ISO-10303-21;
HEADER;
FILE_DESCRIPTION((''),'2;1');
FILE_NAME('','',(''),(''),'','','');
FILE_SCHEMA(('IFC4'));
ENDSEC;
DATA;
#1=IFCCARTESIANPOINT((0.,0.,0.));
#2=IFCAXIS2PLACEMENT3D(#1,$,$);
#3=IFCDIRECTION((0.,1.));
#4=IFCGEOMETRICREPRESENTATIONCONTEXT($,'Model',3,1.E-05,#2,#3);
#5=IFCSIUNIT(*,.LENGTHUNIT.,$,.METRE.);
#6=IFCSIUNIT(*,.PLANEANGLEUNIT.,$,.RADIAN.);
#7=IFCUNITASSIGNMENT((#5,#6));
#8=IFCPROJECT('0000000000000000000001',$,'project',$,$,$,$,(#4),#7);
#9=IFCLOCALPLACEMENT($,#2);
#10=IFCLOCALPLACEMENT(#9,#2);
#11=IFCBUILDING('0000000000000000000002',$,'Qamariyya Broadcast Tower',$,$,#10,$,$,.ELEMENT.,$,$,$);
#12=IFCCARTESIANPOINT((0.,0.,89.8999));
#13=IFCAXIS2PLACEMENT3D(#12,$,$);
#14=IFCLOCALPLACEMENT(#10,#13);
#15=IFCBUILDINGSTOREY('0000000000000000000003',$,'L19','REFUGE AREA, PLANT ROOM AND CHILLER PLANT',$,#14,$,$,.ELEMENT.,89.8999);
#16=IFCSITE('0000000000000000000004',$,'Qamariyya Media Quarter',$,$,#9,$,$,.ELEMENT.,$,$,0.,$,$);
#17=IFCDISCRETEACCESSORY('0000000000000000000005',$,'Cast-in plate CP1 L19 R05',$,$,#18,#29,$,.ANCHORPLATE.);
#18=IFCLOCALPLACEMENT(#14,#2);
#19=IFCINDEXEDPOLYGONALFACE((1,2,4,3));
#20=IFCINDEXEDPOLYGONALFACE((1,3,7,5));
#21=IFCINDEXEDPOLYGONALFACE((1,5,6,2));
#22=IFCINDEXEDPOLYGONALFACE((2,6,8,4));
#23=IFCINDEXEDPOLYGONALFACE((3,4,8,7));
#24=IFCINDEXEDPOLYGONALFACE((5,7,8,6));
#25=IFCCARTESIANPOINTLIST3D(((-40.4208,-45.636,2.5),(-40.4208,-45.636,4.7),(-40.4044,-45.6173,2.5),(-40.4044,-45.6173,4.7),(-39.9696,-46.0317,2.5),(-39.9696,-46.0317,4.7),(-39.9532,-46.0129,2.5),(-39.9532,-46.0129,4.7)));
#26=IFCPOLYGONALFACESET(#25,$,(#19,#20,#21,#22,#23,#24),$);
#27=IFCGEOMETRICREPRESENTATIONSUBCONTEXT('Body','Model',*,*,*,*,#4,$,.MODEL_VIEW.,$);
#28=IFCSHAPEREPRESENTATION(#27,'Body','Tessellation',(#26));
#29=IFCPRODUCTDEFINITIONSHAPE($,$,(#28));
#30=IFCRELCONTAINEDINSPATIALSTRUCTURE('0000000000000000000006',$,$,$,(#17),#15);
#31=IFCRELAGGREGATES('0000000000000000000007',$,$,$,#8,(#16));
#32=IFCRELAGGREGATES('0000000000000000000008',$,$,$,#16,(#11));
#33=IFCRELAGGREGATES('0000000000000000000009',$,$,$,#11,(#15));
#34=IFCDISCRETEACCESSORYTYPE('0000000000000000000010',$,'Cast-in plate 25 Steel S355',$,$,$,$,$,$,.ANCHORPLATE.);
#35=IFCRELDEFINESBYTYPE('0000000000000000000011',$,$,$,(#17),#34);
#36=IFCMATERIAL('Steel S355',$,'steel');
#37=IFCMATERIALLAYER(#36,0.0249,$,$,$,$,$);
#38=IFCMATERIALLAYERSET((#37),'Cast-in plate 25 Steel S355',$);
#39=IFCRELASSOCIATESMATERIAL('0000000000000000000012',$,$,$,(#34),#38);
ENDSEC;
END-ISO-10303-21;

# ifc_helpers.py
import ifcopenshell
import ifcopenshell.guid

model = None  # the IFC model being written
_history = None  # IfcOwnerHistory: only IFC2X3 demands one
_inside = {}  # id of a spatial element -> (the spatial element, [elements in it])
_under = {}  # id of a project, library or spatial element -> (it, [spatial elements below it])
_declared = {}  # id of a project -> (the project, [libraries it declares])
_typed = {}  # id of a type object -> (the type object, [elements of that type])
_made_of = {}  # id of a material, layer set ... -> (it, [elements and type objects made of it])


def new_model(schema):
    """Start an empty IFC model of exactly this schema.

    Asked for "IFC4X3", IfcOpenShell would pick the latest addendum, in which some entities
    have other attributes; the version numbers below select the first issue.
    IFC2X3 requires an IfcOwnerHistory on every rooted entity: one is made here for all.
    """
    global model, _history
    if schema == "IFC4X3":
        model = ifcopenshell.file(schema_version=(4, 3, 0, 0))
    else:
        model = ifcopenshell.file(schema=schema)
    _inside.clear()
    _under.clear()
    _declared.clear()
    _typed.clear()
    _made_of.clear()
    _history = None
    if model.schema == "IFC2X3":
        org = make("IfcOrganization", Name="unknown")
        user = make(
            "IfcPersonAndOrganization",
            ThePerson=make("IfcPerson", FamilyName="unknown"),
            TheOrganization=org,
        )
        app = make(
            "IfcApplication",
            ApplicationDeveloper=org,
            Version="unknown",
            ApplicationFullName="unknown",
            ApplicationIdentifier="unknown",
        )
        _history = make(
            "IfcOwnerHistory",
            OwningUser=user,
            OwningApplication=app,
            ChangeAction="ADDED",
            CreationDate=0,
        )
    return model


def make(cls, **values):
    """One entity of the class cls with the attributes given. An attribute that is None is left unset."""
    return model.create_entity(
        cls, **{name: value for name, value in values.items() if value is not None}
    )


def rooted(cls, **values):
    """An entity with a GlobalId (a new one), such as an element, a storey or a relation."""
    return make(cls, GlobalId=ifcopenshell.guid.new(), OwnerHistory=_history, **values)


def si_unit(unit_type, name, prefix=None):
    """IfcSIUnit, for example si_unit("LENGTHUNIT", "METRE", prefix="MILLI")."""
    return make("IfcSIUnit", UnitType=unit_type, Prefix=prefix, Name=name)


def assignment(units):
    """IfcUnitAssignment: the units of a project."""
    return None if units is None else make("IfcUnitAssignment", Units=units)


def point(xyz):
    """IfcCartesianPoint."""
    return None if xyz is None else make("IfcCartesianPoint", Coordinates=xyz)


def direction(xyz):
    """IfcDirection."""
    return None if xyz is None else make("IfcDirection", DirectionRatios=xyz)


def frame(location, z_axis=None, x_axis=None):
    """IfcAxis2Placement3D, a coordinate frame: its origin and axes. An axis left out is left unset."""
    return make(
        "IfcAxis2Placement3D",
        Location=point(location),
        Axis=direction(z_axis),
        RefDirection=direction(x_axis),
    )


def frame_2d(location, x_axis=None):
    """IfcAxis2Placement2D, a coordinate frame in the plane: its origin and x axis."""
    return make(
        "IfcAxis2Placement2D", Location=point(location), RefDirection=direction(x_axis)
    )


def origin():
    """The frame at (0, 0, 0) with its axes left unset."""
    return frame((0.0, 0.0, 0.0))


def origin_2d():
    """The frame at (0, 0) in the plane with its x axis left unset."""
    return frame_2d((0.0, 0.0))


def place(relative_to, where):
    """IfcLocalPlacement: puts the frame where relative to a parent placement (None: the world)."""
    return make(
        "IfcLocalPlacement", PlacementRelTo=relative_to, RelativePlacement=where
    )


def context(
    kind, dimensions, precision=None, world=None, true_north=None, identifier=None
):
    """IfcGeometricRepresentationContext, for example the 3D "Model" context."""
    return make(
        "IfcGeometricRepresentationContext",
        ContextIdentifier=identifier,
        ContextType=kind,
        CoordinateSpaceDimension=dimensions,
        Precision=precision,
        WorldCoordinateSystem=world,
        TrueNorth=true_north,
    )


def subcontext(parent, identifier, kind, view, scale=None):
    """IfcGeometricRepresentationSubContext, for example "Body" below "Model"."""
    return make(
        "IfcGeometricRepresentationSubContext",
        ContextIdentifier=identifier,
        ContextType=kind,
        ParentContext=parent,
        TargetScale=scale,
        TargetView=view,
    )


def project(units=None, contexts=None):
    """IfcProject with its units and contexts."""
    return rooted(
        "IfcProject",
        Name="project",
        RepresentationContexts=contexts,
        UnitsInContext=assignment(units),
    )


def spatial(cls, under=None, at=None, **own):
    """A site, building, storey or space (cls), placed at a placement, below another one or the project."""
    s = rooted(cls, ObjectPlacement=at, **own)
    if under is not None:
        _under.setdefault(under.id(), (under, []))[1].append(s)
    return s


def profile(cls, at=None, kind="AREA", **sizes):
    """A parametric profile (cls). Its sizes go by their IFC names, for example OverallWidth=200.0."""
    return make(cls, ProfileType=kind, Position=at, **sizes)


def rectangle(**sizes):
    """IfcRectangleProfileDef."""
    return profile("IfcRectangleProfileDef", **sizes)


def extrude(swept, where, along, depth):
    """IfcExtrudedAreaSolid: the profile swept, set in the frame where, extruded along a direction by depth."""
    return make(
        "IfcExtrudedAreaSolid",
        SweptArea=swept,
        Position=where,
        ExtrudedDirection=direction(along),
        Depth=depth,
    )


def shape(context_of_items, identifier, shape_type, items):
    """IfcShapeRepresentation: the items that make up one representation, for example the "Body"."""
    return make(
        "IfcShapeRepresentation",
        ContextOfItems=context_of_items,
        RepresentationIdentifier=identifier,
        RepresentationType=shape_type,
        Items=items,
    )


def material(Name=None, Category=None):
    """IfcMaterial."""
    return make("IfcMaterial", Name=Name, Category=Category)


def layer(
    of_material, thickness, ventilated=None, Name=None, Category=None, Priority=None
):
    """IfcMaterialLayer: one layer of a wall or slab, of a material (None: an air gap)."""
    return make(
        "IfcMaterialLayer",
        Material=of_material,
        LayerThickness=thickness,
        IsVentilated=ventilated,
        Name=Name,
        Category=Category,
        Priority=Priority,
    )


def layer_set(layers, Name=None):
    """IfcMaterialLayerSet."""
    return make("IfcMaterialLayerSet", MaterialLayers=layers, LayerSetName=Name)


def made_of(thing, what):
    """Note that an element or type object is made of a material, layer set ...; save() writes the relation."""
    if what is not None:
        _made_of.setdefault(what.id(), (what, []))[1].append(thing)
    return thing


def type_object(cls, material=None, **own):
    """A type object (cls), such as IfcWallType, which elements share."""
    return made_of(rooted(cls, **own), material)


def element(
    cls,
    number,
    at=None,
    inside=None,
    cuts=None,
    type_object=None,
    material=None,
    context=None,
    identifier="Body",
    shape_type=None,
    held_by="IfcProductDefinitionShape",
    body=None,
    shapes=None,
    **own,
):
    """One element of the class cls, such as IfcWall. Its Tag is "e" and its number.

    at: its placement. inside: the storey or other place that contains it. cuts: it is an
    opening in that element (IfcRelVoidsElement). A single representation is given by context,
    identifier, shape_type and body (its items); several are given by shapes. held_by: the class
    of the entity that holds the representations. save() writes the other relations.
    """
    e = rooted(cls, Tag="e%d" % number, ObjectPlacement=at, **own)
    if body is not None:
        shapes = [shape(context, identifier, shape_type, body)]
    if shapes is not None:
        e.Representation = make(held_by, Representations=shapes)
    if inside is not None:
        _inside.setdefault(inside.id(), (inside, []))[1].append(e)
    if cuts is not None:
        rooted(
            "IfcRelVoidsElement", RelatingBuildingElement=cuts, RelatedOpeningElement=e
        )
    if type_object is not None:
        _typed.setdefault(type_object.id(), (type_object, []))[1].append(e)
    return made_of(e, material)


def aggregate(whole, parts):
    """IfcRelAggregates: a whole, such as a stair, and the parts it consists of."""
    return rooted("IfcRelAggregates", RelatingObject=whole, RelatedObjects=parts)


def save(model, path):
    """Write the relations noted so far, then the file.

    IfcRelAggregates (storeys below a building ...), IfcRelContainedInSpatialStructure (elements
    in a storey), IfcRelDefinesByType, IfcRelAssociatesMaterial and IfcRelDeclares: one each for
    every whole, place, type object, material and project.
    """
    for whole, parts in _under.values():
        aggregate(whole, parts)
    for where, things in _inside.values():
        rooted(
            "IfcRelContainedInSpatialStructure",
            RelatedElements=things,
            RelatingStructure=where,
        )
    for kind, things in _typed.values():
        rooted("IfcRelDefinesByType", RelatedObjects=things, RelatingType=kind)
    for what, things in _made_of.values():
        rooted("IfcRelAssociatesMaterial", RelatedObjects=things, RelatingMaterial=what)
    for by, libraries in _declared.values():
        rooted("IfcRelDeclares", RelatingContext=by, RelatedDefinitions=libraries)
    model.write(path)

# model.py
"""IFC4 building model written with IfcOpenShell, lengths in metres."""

from ifc_helpers import new_model, si_unit, direction, frame, origin, origin_2d, place, context, subcontext, project, spatial, rectangle, extrude, material, layer, layer_set, type_object, element, save


model = new_model("IFC4")

# Units and contexts
model_context = context("Model", 3, precision=1e-05, world=origin(), true_north=direction((0.0, 1.0)))
body_context = subcontext(model_context, "Body", "Model", "MODEL_VIEW")
ifc_project = project(units=[si_unit("LENGTHUNIT", "METRE"), si_unit("PLANEANGLEUNIT", "RADIAN")], contexts=[model_context])

# Site, building, storey
site_placement = place(None, origin())
site = spatial("IfcSite", under=ifc_project, at=site_placement, Name="Qamariyya Media Quarter", CompositionType="ELEMENT", RefElevation=0.0)
building_placement = place(site_placement, origin())
building = spatial("IfcBuilding", under=site, at=building_placement, Name="Qamariyya Broadcast Tower", CompositionType="ELEMENT")
storey_placement = place(building_placement, frame((0.0, 0.0, 89.8999)))
storey = spatial("IfcBuildingStorey", under=building, at=storey_placement, Name="L19", Description="REFUGE AREA, PLANT ROOM AND CHILLER PLANT", CompositionType="ELEMENT", Elevation=89.8999)

# Shared definitions
ifc_material_1 = material(Name="Steel S355", Category="steel")

# Discrete accessory
ifc_layer_1 = layer(ifc_material_1, 0.0249)
ifc_layer_set_1 = layer_set([ifc_layer_1], Name="Cast-in plate 25 Steel S355")
discrete_accessory_type = type_object("IfcDiscreteAccessoryType", Name="Cast-in plate 25 Steel S355", PredefinedType="ANCHORPLATE", material=ifc_layer_set_1)
discrete_accessory_placement = place(storey_placement, frame((-40.187, -45.8245, 2.5), z_axis=(0.0, 0.0, 1.0), x_axis=(-0.75184, 0.659346, 0.0)))
element("IfcDiscreteAccessory", 1, at=discrete_accessory_placement, inside=storey, type_object=discrete_accessory_type, Name="Cast-in plate CP1 L19 R05", PredefinedType="ANCHORPLATE", context=body_context, shape_type="SweptSolid", body=[
    extrude(rectangle(XDim=0.6001, YDim=0.0249, at=origin_2d()), origin(), (0.0, 0.0, 1.0), 2.2),
])

save(model, "model.ifc")
